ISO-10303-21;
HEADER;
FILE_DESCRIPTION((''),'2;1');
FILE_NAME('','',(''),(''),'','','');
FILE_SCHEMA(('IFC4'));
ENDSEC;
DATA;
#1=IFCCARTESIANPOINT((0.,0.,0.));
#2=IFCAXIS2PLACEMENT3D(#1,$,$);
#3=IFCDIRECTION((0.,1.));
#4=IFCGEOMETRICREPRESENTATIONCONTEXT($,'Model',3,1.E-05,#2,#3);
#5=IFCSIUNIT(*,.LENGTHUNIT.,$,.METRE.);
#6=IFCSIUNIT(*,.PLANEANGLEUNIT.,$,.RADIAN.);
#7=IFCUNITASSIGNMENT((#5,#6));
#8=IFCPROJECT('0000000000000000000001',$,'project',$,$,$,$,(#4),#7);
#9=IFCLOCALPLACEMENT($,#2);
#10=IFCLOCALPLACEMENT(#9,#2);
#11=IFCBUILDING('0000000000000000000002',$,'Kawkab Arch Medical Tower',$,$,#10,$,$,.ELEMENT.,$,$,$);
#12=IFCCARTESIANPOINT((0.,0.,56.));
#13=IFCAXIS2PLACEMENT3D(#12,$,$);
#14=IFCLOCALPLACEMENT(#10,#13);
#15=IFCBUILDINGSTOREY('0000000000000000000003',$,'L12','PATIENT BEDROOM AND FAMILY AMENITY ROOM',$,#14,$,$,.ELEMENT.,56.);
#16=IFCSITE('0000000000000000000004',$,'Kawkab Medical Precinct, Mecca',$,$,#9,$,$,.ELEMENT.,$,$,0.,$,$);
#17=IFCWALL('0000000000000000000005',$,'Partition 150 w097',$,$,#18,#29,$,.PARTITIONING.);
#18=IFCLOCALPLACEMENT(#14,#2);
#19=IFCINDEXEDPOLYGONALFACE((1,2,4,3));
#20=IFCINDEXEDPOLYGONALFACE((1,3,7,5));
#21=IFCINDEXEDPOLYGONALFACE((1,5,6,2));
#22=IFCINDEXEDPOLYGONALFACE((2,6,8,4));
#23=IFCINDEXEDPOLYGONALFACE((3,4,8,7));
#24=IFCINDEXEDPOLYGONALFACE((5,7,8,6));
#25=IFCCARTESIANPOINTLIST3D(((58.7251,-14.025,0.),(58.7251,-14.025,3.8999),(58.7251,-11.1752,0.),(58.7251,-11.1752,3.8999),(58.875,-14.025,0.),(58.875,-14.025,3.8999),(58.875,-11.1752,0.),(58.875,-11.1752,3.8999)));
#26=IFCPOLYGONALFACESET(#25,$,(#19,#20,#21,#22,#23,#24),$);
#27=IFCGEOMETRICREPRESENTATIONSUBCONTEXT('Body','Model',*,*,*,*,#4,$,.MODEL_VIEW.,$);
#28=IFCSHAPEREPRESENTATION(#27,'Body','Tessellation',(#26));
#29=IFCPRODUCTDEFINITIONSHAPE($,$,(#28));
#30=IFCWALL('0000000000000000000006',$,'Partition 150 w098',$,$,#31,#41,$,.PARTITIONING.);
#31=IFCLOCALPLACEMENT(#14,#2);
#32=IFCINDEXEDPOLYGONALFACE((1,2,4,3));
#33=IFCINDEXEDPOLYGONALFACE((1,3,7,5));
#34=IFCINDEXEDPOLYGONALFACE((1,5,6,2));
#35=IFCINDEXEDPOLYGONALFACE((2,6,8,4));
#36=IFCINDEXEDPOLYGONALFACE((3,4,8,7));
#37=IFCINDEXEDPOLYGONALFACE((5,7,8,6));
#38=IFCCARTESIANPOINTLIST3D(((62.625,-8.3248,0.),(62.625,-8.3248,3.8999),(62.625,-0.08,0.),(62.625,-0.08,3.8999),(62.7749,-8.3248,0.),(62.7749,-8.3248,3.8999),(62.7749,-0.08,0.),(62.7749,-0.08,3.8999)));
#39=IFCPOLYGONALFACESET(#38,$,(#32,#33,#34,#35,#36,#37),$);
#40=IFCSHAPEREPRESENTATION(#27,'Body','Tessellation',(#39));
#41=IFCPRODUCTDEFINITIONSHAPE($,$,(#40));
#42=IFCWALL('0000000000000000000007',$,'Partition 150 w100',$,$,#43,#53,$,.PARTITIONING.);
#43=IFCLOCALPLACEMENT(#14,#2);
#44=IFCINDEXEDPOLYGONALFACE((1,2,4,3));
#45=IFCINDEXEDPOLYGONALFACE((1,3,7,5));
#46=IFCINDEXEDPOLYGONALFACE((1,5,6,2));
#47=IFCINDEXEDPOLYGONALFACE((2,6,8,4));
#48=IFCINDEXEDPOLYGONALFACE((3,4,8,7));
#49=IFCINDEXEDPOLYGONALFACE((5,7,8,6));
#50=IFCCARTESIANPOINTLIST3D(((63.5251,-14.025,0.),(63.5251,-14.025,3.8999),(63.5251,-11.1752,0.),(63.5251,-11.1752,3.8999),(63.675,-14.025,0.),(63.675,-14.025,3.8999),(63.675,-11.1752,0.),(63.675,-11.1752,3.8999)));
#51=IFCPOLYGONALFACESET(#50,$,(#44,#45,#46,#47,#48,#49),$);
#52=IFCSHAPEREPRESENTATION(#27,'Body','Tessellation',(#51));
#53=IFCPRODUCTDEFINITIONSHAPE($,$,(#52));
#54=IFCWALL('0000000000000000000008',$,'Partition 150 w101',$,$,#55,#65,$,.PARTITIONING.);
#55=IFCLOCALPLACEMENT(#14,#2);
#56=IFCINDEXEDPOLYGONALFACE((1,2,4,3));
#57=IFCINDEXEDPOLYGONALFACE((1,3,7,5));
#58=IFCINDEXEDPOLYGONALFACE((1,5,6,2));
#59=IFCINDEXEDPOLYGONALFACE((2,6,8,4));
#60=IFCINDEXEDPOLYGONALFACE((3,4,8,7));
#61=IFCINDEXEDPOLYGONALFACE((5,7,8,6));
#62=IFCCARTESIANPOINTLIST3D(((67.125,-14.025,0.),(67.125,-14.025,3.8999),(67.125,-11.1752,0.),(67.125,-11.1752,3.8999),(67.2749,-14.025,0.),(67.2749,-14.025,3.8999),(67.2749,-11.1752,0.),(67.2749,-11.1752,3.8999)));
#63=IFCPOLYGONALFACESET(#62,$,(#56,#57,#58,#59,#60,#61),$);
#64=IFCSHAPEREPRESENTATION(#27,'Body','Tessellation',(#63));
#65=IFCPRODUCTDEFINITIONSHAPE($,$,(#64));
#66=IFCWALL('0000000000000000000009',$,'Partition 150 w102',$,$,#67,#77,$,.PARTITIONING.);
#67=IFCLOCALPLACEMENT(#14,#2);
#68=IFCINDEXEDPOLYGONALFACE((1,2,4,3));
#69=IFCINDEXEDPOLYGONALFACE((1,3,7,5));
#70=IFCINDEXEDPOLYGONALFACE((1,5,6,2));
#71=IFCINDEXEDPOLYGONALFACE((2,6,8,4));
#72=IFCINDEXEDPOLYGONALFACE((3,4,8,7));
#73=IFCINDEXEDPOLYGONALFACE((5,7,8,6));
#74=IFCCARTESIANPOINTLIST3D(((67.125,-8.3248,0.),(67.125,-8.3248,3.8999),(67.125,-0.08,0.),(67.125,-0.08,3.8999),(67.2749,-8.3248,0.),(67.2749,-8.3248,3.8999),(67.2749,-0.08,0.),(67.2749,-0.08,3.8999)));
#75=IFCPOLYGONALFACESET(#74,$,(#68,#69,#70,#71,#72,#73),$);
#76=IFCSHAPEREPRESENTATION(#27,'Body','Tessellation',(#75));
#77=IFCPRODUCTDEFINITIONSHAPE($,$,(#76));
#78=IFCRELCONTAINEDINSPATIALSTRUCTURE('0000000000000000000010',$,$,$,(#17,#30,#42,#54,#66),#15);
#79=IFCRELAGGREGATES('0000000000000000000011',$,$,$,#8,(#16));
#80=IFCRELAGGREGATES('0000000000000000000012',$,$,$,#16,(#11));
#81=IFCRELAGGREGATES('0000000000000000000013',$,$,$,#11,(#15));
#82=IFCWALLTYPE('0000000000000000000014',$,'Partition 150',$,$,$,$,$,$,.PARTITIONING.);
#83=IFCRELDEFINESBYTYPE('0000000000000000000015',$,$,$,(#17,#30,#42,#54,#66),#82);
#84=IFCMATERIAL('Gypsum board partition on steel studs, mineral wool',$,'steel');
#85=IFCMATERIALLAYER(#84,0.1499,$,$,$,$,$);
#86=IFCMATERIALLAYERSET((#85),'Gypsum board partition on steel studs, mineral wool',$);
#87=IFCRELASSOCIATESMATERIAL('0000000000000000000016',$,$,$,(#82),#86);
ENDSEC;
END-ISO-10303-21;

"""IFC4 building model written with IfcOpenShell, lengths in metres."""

from ifc_helpers import new_model, si_unit, direction, frame, frame_2d, origin, place, context, subcontext, project, spatial, rectangle, extrude, material, layer, layer_set, type_object, element, save


model = new_model("IFC4")

# Units and contexts
model_context = context("Model", 3, precision=1e-05, world=origin(), true_north=direction((0.0, 1.0)))
body_context = subcontext(model_context, "Body", "Model", "MODEL_VIEW")
ifc_project = project(units=[si_unit("LENGTHUNIT", "METRE"), si_unit("PLANEANGLEUNIT", "RADIAN")], contexts=[model_context])

# Site, building, storey
site_placement = place(None, origin())
site = spatial("IfcSite", under=ifc_project, at=site_placement, Name="Kawkab Medical Precinct, Mecca", CompositionType="ELEMENT", RefElevation=0.0)
building_placement = place(site_placement, origin())
building = spatial("IfcBuilding", under=site, at=building_placement, Name="Kawkab Arch Medical Tower", CompositionType="ELEMENT")
storey_placement = place(building_placement, frame((0.0, 0.0, 56.0)))
storey = spatial("IfcBuildingStorey", under=building, at=storey_placement, Name="L12", Description="PATIENT BEDROOM AND FAMILY AMENITY ROOM", CompositionType="ELEMENT", Elevation=56.0)

# Shared definitions
ifc_material_1 = material(Name="Gypsum board partition on steel studs, mineral wool", Category="steel")
ifc_layer_1 = layer(ifc_material_1, 0.1499)
ifc_layer_set_1 = layer_set([ifc_layer_1], Name="Gypsum board partition on steel studs, mineral wool")
wall_type_1 = type_object("IfcWallType", Name="Partition 150", PredefinedType="PARTITIONING", material=ifc_layer_set_1)

# Walls
wall_1_placement = place(storey_placement, frame((58.8, -14.0249, 0.0), z_axis=(0.0, 0.0, 1.0), x_axis=(0.0, 1.0, 0.0)))
element("IfcWall", 1, at=wall_1_placement, inside=storey, type_object=wall_type_1, Name="Partition 150 w097", PredefinedType="PARTITIONING", context=body_context, shape_type="SweptSolid", body=[
    extrude(rectangle(XDim=2.8499, YDim=0.1499, at=frame_2d((1.4248, 0.0))), origin(), (0.0, 0.0, 1.0), 3.8999),
])
wall_2_placement = place(storey_placement, frame((62.7, -8.325, 0.0), z_axis=(0.0, 0.0, 1.0), x_axis=(0.0, 1.0, 0.0)))
element("IfcWall", 2, at=wall_2_placement, inside=storey, type_object=wall_type_1, Name="Partition 150 w098", PredefinedType="PARTITIONING", context=body_context, shape_type="SweptSolid", body=[
    extrude(rectangle(XDim=8.2449, YDim=0.1499, at=frame_2d((4.1226, 0.0))), origin(), (0.0, 0.0, 1.0), 3.8999),
])
for number, where, z_axis, x_axis, name in (
    (3, (63.6001, -14.0249, 0.0), (0.0, 0.0, 1.0), (0.0, 1.0, 0.0), "Partition 150 w100"),
    (4, (67.2, -14.0249, 0.0), (0.0, 0.0, 1.0), (0.0, 1.0, 0.0), "Partition 150 w101"),
):
    element("IfcWall", number, at=place(storey_placement, frame(where, z_axis=z_axis, x_axis=x_axis)), inside=storey, type_object=wall_type_1, Name=name, PredefinedType="PARTITIONING", context=body_context, shape_type="SweptSolid", body=[
        extrude(rectangle(XDim=2.8499, YDim=0.1499, at=frame_2d((1.4248, 0.0))), origin(), (0.0, 0.0, 1.0), 3.8999),
    ])
wall_3_placement = place(storey_placement, frame((67.2, -8.325, 0.0), z_axis=(0.0, 0.0, 1.0), x_axis=(0.0, 1.0, 0.0)))
element("IfcWall", 5, at=wall_3_placement, inside=storey, type_object=wall_type_1, Name="Partition 150 w102", PredefinedType="PARTITIONING", context=body_context, shape_type="SweptSolid", body=[
    extrude(rectangle(XDim=8.2449, YDim=0.1499, at=frame_2d((4.1226, 0.0))), origin(), (0.0, 0.0, 1.0), 3.8999),
])

save(model, "model.ifc")
